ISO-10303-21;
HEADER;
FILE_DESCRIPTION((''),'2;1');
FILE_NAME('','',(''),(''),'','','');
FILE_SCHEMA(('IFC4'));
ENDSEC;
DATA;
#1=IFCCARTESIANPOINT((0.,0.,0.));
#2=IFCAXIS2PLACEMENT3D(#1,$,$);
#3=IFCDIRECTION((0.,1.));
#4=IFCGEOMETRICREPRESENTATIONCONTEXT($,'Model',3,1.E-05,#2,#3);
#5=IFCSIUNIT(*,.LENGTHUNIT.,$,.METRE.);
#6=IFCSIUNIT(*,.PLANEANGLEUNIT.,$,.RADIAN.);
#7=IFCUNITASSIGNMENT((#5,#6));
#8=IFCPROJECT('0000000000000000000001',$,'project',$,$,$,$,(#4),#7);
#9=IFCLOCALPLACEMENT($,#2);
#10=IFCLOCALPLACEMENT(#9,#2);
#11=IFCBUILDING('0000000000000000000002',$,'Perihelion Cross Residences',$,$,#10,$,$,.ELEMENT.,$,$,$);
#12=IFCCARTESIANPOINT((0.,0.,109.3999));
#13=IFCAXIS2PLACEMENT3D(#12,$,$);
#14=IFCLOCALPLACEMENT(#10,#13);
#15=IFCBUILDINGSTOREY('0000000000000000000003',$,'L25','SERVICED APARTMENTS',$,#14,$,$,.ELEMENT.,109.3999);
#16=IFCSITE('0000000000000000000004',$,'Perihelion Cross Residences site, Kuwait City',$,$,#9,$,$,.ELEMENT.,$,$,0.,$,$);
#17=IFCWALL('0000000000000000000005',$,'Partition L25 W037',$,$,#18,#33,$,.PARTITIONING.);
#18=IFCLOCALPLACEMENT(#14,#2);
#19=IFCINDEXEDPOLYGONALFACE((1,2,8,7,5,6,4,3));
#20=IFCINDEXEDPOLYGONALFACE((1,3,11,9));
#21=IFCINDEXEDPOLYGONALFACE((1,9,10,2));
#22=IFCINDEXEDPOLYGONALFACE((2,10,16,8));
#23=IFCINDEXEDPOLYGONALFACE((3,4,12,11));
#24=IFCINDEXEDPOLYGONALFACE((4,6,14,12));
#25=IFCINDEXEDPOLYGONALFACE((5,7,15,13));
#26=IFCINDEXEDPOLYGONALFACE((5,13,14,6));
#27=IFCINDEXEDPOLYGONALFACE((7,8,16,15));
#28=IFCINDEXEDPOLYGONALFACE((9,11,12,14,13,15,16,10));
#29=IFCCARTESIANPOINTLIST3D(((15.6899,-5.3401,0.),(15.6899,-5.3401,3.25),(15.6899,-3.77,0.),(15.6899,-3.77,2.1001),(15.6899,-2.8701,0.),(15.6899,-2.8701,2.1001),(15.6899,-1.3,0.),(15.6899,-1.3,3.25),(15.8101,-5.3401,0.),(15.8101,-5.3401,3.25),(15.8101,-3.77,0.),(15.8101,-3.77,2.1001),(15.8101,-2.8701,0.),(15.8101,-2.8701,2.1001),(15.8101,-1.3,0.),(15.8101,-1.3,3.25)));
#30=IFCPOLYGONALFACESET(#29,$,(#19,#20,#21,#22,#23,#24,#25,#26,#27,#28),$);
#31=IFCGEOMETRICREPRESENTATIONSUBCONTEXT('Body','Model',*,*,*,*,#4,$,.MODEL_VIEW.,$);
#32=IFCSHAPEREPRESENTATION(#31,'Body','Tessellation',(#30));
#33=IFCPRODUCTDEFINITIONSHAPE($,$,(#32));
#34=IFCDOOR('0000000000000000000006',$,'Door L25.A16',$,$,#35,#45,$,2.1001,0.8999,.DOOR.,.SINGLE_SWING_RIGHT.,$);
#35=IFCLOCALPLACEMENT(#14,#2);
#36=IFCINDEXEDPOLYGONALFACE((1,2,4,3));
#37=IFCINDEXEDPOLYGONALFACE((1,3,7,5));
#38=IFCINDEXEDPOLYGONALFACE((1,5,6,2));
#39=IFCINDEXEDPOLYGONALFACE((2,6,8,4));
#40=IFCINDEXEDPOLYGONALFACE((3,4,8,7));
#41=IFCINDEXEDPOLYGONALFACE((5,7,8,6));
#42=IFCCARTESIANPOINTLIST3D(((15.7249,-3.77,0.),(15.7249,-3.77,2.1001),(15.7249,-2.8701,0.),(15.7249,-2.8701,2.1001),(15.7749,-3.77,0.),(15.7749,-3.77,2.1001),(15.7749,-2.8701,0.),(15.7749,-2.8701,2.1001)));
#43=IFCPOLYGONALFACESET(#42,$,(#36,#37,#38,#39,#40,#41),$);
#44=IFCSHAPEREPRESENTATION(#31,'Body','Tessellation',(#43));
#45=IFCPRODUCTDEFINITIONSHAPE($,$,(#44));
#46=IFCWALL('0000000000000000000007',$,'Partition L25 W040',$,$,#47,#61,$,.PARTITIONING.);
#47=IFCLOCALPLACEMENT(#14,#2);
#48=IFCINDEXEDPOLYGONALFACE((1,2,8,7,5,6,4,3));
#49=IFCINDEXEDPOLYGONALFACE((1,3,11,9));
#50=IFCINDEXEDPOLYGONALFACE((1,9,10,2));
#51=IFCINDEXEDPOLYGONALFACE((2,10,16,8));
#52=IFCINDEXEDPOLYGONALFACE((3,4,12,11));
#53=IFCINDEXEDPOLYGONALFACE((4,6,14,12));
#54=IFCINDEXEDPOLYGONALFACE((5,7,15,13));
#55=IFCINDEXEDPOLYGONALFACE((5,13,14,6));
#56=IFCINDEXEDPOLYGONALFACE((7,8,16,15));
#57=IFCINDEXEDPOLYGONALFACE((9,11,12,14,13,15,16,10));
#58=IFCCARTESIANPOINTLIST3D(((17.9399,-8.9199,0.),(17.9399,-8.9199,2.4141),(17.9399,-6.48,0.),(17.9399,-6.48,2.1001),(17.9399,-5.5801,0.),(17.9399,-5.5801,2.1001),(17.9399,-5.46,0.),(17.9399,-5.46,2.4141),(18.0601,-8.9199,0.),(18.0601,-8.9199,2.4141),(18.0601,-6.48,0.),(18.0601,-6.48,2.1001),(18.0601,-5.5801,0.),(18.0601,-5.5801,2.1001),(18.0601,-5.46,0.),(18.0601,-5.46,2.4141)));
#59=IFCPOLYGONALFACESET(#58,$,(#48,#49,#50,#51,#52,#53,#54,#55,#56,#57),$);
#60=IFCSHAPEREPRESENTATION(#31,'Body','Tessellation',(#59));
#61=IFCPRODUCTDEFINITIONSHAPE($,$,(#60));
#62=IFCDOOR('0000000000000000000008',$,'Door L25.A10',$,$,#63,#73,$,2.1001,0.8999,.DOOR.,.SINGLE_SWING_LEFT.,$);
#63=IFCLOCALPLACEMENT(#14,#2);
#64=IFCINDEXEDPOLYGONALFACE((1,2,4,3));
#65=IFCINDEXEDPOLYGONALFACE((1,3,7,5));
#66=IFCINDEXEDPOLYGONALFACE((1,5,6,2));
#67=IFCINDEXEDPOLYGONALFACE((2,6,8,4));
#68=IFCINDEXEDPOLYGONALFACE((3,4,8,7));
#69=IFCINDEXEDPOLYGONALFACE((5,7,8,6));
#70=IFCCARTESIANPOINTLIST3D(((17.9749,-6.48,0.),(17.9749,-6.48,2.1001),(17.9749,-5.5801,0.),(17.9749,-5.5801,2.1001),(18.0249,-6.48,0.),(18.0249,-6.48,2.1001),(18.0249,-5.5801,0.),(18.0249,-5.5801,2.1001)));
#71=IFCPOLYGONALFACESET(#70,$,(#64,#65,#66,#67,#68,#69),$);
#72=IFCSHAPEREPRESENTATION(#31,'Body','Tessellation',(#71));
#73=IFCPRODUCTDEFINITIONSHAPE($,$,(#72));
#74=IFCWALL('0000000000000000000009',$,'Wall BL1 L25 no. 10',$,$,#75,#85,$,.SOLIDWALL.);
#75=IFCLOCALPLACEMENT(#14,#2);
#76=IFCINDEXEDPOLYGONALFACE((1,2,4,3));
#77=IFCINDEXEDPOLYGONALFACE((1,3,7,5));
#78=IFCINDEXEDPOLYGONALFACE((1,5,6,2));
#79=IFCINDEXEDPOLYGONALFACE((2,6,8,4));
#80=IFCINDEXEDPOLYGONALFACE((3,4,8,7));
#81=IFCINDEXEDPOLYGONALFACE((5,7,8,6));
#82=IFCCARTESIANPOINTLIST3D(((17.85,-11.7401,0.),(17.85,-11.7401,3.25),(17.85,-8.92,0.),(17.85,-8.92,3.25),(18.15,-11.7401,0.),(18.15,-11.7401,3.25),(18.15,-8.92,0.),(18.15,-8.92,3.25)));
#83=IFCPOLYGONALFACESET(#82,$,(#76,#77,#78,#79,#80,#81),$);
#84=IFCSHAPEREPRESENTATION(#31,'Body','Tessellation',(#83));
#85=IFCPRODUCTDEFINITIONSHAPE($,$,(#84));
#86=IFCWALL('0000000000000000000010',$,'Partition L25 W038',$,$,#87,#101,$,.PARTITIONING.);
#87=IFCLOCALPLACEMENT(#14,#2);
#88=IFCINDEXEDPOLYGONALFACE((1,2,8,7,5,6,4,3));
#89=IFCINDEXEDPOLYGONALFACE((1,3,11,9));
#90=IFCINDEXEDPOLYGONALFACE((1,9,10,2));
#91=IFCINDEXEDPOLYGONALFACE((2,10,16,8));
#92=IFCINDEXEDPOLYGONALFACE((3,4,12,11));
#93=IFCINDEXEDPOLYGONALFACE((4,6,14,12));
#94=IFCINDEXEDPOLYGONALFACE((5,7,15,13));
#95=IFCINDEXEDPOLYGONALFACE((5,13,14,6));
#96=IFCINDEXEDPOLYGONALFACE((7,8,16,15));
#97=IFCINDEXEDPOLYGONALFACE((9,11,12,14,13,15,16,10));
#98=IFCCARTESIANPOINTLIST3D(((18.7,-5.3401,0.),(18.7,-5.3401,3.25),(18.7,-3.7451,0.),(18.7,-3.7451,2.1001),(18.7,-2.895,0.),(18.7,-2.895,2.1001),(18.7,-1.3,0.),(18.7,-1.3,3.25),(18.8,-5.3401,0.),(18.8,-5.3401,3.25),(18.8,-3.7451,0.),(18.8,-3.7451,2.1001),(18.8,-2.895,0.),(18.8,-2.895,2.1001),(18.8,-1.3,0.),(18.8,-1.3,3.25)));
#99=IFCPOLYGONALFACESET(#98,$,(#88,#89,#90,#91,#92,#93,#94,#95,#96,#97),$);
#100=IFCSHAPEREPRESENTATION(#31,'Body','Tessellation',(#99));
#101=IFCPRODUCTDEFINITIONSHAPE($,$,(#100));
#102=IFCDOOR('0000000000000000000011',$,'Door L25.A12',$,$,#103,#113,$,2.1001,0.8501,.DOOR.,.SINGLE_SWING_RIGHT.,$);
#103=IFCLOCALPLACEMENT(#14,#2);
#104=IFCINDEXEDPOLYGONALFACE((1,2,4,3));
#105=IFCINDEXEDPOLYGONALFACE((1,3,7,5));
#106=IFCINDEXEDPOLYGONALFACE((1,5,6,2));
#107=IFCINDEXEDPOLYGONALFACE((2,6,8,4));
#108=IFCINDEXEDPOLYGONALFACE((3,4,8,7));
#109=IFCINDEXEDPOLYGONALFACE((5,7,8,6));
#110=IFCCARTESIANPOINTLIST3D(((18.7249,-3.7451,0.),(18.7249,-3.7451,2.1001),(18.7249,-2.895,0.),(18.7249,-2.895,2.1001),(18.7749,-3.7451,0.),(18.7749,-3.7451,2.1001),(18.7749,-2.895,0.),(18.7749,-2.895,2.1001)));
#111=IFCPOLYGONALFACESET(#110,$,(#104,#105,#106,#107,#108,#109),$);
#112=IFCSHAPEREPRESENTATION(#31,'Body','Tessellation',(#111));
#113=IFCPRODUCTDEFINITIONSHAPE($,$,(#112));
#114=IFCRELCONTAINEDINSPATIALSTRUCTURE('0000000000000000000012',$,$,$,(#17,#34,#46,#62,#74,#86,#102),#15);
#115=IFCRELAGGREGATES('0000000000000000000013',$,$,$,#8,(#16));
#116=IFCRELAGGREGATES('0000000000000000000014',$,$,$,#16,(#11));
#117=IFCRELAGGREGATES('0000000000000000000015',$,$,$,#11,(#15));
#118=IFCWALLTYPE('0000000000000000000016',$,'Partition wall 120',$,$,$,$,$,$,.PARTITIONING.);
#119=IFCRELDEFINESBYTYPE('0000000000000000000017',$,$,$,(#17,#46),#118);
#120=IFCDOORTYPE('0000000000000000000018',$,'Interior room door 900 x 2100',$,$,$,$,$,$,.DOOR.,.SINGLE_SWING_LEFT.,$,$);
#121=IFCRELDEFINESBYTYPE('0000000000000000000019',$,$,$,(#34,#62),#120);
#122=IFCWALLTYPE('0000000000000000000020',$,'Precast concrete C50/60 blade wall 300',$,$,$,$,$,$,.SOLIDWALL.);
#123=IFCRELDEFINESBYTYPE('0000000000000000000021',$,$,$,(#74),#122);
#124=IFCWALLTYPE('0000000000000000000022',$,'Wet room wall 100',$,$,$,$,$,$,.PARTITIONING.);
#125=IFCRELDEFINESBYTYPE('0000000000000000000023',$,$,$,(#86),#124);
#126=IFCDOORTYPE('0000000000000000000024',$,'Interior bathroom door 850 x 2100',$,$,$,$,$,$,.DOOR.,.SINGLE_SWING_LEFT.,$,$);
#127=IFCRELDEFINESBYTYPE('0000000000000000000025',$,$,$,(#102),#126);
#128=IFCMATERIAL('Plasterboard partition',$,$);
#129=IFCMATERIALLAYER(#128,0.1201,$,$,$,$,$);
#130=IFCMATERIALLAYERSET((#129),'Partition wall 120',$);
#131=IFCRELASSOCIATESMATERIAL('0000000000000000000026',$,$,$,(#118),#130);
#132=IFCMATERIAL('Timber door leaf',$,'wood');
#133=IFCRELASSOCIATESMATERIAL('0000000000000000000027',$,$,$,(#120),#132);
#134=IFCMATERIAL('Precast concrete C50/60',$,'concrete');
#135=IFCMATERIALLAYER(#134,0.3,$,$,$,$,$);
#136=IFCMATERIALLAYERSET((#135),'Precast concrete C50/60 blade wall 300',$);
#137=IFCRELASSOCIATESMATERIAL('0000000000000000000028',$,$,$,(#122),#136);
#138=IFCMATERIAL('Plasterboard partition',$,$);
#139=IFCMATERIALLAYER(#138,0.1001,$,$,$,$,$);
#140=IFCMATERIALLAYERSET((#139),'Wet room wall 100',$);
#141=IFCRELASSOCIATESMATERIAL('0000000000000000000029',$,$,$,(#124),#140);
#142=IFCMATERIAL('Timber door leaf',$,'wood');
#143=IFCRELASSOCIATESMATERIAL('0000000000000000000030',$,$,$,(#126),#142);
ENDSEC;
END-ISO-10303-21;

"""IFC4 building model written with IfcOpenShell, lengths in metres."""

from ifc_helpers import new_model, si_unit, direction, frame, frame_2d, origin, place, context, subcontext, project, spatial, rectangle, extrude, material, layer, layer_set, type_object, element, fill, save


model = new_model("IFC4")

# Units and contexts
model_context = context("Model", 3, precision=1e-05, world=origin(), true_north=direction((0.0, 1.0)))
body_context = subcontext(model_context, "Body", "Model", "MODEL_VIEW")
ifc_project = project(units=[si_unit("LENGTHUNIT", "METRE"), si_unit("PLANEANGLEUNIT", "RADIAN")], contexts=[model_context])

# Site, building, storey
site_placement = place(None, origin())
site = spatial("IfcSite", under=ifc_project, at=site_placement, Name="Perihelion Cross Residences site, Kuwait City", CompositionType="ELEMENT", RefElevation=0.0)
building_placement = place(site_placement, origin())
building = spatial("IfcBuilding", under=site, at=building_placement, Name="Perihelion Cross Residences", CompositionType="ELEMENT")
storey_placement = place(building_placement, frame((0.0, 0.0, 109.3999)))
storey = spatial("IfcBuildingStorey", under=building, at=storey_placement, Name="L25", Description="SERVICED APARTMENTS", CompositionType="ELEMENT", Elevation=109.3999)

# Shared definitions
ifc_material_1 = material(Name="Plasterboard partition")
ifc_layer_1 = layer(ifc_material_1, 0.1201)
ifc_layer_set_1 = layer_set([ifc_layer_1], Name="Partition wall 120")
wall_type_1 = type_object("IfcWallType", Name="Partition wall 120", PredefinedType="PARTITIONING", material=ifc_layer_set_1)

# Shared definitions
ifc_material_2 = material(Name="Timber door leaf", Category="wood")
door_type_1 = type_object("IfcDoorType", Name="Interior room door 900 x 2100", OperationType="SINGLE_SWING_LEFT", PredefinedType="DOOR", material=ifc_material_2)

# Walls, openings, doors
wall_1_placement = place(storey_placement, frame((15.75, -1.3, 0.0), z_axis=(0.0, 0.0, 1.0), x_axis=(0.0, -1.0, 0.0)))
wall_1 = element("IfcWall", 1, at=wall_1_placement, inside=storey, type_object=wall_type_1, Name="Partition L25 W037", PredefinedType="PARTITIONING", context=body_context, shape_type="SweptSolid", body=[
    extrude(rectangle(XDim=4.04, YDim=0.1201, at=frame_2d((2.02, 0.0))), origin(), (0.0, 0.0, 1.0), 3.25),
])
opening_1_placement = place(wall_1_placement, frame((1.5701, 0.0, 0.0)))
opening_1 = element("IfcOpeningElement", 2, at=opening_1_placement, cuts=wall_1, PredefinedType="OPENING", context=body_context, shape_type="SweptSolid", body=[
    extrude(rectangle(XDim=0.8999, YDim=2.1001, at=frame_2d((0.45, 1.05))), frame((0.0, 0.0701, 0.0), z_axis=(0.0, -1.0, 0.0), x_axis=(1.0, 0.0, 0.0)), (0.0, 0.0, 1.0), 0.1401),
])
door_1_placement = place(opening_1_placement, origin())
door_1 = element("IfcDoor", 3, at=door_1_placement, inside=storey, type_object=door_type_1, Name="Door L25.A16", OperationType="SINGLE_SWING_RIGHT", OverallHeight=2.1001, OverallWidth=0.8999, PredefinedType="DOOR", context=body_context, shape_type="SweptSolid", body=[
    extrude(rectangle(XDim=0.8999, YDim=2.1001, at=frame_2d((0.45, 1.05))), frame((0.0, 0.0249, 0.0), z_axis=(0.0, -1.0, 0.0), x_axis=(1.0, 0.0, 0.0)), (0.0, 0.0, 1.0), 0.05),
])
fill(opening_1, door_1)
wall_2_placement = place(storey_placement, frame((18.0, -5.46, 0.0), z_axis=(0.0, 0.0, 1.0), x_axis=(0.0, -1.0, 0.0)))
wall_2 = element("IfcWall", 4, at=wall_2_placement, inside=storey, type_object=wall_type_1, Name="Partition L25 W040", PredefinedType="PARTITIONING", context=body_context, shape_type="SweptSolid", body=[
    extrude(rectangle(XDim=3.46, YDim=0.1201, at=frame_2d((1.73, 0.0))), origin(), (0.0, 0.0, 1.0), 2.4141),
])
opening_2_placement = place(wall_2_placement, frame((0.1201, 0.0, 0.0)))
opening_2 = element("IfcOpeningElement", 5, at=opening_2_placement, cuts=wall_2, PredefinedType="OPENING", context=body_context, shape_type="SweptSolid", body=[
    extrude(rectangle(XDim=0.8999, YDim=2.1001, at=frame_2d((0.45, 1.05))), frame((0.0, 0.0701, 0.0), z_axis=(0.0, -1.0, 0.0), x_axis=(1.0, 0.0, 0.0)), (0.0, 0.0, 1.0), 0.1401),
])
door_2_placement = place(opening_2_placement, origin())
door_2 = element("IfcDoor", 6, at=door_2_placement, inside=storey, type_object=door_type_1, Name="Door L25.A10", OperationType="SINGLE_SWING_LEFT", OverallHeight=2.1001, OverallWidth=0.8999, PredefinedType="DOOR", context=body_context, shape_type="SweptSolid", body=[
    extrude(rectangle(XDim=0.8999, YDim=2.1001, at=frame_2d((0.45, 1.05))), frame((0.0, 0.0249, 0.0), z_axis=(0.0, -1.0, 0.0), x_axis=(1.0, 0.0, 0.0)), (0.0, 0.0, 1.0), 0.05),
])
fill(opening_2, door_2)

# Wall
ifc_material_3 = material(Name="Precast concrete C50/60", Category="concrete")
ifc_layer_2 = layer(ifc_material_3, 0.3)
ifc_layer_set_2 = layer_set([ifc_layer_2], Name="Precast concrete C50/60 blade wall 300")
wall_type_2 = type_object("IfcWallType", Name="Precast concrete C50/60 blade wall 300", PredefinedType="SOLIDWALL", material=ifc_layer_set_2)
wall_3_placement = place(storey_placement, frame((18.0, -8.9199, 0.0), z_axis=(0.0, 0.0, 1.0), x_axis=(0.0, -1.0, 0.0)))
element("IfcWall", 7, at=wall_3_placement, inside=storey, type_object=wall_type_2, Name="Wall BL1 L25 no. 10", PredefinedType="SOLIDWALL", context=body_context, shape_type="SweptSolid", body=[
    extrude(rectangle(XDim=2.8201, YDim=0.3, at=frame_2d((1.4102, 0.0))), origin(), (0.0, 0.0, 1.0), 3.25),
])

# Wall, opening, door
ifc_material_4 = material(Name="Plasterboard partition")
ifc_layer_3 = layer(ifc_material_4, 0.1001)
ifc_layer_set_3 = layer_set([ifc_layer_3], Name="Wet room wall 100")
wall_type_3 = type_object("IfcWallType", Name="Wet room wall 100", PredefinedType="PARTITIONING", material=ifc_layer_set_3)
wall_4_placement = place(storey_placement, frame((18.75, -1.3, 0.0), z_axis=(0.0, 0.0, 1.0), x_axis=(0.0, -1.0, 0.0)))
wall_4 = element("IfcWall", 8, at=wall_4_placement, inside=storey, type_object=wall_type_3, Name="Partition L25 W038", PredefinedType="PARTITIONING", context=body_context, shape_type="SweptSolid", body=[
    extrude(rectangle(XDim=4.04, YDim=0.1001, at=frame_2d((2.02, 0.0))), origin(), (0.0, 0.0, 1.0), 3.25),
])
opening_3_placement = place(wall_4_placement, frame((1.595, 0.0, 0.0)))
opening_3 = element("IfcOpeningElement", 9, at=opening_3_placement, cuts=wall_4, PredefinedType="OPENING", context=body_context, shape_type="SweptSolid", body=[
    extrude(rectangle(XDim=0.8501, YDim=2.1001, at=frame_2d((0.425, 1.05))), frame((0.0, 0.0601, 0.0), z_axis=(0.0, -1.0, 0.0), x_axis=(1.0, 0.0, 0.0)), (0.0, 0.0, 1.0), 0.1201),
])
ifc_material_5 = material(Name="Timber door leaf", Category="wood")
door_type_2 = type_object("IfcDoorType", Name="Interior bathroom door 850 x 2100", OperationType="SINGLE_SWING_LEFT", PredefinedType="DOOR", material=ifc_material_5)
door_3_placement = place(opening_3_placement, origin())
door_3 = element("IfcDoor", 10, at=door_3_placement, inside=storey, type_object=door_type_2, Name="Door L25.A12", OperationType="SINGLE_SWING_RIGHT", OverallHeight=2.1001, OverallWidth=0.8501, PredefinedType="DOOR", context=body_context, shape_type="SweptSolid", body=[
    extrude(rectangle(XDim=0.8501, YDim=2.1001, at=frame_2d((0.425, 1.05))), frame((0.0, 0.0249, 0.0), z_axis=(0.0, -1.0, 0.0), x_axis=(1.0, 0.0, 0.0)), (0.0, 0.0, 1.0), 0.05),
])
fill(opening_3, door_3)

save(model, "model.ifc")
